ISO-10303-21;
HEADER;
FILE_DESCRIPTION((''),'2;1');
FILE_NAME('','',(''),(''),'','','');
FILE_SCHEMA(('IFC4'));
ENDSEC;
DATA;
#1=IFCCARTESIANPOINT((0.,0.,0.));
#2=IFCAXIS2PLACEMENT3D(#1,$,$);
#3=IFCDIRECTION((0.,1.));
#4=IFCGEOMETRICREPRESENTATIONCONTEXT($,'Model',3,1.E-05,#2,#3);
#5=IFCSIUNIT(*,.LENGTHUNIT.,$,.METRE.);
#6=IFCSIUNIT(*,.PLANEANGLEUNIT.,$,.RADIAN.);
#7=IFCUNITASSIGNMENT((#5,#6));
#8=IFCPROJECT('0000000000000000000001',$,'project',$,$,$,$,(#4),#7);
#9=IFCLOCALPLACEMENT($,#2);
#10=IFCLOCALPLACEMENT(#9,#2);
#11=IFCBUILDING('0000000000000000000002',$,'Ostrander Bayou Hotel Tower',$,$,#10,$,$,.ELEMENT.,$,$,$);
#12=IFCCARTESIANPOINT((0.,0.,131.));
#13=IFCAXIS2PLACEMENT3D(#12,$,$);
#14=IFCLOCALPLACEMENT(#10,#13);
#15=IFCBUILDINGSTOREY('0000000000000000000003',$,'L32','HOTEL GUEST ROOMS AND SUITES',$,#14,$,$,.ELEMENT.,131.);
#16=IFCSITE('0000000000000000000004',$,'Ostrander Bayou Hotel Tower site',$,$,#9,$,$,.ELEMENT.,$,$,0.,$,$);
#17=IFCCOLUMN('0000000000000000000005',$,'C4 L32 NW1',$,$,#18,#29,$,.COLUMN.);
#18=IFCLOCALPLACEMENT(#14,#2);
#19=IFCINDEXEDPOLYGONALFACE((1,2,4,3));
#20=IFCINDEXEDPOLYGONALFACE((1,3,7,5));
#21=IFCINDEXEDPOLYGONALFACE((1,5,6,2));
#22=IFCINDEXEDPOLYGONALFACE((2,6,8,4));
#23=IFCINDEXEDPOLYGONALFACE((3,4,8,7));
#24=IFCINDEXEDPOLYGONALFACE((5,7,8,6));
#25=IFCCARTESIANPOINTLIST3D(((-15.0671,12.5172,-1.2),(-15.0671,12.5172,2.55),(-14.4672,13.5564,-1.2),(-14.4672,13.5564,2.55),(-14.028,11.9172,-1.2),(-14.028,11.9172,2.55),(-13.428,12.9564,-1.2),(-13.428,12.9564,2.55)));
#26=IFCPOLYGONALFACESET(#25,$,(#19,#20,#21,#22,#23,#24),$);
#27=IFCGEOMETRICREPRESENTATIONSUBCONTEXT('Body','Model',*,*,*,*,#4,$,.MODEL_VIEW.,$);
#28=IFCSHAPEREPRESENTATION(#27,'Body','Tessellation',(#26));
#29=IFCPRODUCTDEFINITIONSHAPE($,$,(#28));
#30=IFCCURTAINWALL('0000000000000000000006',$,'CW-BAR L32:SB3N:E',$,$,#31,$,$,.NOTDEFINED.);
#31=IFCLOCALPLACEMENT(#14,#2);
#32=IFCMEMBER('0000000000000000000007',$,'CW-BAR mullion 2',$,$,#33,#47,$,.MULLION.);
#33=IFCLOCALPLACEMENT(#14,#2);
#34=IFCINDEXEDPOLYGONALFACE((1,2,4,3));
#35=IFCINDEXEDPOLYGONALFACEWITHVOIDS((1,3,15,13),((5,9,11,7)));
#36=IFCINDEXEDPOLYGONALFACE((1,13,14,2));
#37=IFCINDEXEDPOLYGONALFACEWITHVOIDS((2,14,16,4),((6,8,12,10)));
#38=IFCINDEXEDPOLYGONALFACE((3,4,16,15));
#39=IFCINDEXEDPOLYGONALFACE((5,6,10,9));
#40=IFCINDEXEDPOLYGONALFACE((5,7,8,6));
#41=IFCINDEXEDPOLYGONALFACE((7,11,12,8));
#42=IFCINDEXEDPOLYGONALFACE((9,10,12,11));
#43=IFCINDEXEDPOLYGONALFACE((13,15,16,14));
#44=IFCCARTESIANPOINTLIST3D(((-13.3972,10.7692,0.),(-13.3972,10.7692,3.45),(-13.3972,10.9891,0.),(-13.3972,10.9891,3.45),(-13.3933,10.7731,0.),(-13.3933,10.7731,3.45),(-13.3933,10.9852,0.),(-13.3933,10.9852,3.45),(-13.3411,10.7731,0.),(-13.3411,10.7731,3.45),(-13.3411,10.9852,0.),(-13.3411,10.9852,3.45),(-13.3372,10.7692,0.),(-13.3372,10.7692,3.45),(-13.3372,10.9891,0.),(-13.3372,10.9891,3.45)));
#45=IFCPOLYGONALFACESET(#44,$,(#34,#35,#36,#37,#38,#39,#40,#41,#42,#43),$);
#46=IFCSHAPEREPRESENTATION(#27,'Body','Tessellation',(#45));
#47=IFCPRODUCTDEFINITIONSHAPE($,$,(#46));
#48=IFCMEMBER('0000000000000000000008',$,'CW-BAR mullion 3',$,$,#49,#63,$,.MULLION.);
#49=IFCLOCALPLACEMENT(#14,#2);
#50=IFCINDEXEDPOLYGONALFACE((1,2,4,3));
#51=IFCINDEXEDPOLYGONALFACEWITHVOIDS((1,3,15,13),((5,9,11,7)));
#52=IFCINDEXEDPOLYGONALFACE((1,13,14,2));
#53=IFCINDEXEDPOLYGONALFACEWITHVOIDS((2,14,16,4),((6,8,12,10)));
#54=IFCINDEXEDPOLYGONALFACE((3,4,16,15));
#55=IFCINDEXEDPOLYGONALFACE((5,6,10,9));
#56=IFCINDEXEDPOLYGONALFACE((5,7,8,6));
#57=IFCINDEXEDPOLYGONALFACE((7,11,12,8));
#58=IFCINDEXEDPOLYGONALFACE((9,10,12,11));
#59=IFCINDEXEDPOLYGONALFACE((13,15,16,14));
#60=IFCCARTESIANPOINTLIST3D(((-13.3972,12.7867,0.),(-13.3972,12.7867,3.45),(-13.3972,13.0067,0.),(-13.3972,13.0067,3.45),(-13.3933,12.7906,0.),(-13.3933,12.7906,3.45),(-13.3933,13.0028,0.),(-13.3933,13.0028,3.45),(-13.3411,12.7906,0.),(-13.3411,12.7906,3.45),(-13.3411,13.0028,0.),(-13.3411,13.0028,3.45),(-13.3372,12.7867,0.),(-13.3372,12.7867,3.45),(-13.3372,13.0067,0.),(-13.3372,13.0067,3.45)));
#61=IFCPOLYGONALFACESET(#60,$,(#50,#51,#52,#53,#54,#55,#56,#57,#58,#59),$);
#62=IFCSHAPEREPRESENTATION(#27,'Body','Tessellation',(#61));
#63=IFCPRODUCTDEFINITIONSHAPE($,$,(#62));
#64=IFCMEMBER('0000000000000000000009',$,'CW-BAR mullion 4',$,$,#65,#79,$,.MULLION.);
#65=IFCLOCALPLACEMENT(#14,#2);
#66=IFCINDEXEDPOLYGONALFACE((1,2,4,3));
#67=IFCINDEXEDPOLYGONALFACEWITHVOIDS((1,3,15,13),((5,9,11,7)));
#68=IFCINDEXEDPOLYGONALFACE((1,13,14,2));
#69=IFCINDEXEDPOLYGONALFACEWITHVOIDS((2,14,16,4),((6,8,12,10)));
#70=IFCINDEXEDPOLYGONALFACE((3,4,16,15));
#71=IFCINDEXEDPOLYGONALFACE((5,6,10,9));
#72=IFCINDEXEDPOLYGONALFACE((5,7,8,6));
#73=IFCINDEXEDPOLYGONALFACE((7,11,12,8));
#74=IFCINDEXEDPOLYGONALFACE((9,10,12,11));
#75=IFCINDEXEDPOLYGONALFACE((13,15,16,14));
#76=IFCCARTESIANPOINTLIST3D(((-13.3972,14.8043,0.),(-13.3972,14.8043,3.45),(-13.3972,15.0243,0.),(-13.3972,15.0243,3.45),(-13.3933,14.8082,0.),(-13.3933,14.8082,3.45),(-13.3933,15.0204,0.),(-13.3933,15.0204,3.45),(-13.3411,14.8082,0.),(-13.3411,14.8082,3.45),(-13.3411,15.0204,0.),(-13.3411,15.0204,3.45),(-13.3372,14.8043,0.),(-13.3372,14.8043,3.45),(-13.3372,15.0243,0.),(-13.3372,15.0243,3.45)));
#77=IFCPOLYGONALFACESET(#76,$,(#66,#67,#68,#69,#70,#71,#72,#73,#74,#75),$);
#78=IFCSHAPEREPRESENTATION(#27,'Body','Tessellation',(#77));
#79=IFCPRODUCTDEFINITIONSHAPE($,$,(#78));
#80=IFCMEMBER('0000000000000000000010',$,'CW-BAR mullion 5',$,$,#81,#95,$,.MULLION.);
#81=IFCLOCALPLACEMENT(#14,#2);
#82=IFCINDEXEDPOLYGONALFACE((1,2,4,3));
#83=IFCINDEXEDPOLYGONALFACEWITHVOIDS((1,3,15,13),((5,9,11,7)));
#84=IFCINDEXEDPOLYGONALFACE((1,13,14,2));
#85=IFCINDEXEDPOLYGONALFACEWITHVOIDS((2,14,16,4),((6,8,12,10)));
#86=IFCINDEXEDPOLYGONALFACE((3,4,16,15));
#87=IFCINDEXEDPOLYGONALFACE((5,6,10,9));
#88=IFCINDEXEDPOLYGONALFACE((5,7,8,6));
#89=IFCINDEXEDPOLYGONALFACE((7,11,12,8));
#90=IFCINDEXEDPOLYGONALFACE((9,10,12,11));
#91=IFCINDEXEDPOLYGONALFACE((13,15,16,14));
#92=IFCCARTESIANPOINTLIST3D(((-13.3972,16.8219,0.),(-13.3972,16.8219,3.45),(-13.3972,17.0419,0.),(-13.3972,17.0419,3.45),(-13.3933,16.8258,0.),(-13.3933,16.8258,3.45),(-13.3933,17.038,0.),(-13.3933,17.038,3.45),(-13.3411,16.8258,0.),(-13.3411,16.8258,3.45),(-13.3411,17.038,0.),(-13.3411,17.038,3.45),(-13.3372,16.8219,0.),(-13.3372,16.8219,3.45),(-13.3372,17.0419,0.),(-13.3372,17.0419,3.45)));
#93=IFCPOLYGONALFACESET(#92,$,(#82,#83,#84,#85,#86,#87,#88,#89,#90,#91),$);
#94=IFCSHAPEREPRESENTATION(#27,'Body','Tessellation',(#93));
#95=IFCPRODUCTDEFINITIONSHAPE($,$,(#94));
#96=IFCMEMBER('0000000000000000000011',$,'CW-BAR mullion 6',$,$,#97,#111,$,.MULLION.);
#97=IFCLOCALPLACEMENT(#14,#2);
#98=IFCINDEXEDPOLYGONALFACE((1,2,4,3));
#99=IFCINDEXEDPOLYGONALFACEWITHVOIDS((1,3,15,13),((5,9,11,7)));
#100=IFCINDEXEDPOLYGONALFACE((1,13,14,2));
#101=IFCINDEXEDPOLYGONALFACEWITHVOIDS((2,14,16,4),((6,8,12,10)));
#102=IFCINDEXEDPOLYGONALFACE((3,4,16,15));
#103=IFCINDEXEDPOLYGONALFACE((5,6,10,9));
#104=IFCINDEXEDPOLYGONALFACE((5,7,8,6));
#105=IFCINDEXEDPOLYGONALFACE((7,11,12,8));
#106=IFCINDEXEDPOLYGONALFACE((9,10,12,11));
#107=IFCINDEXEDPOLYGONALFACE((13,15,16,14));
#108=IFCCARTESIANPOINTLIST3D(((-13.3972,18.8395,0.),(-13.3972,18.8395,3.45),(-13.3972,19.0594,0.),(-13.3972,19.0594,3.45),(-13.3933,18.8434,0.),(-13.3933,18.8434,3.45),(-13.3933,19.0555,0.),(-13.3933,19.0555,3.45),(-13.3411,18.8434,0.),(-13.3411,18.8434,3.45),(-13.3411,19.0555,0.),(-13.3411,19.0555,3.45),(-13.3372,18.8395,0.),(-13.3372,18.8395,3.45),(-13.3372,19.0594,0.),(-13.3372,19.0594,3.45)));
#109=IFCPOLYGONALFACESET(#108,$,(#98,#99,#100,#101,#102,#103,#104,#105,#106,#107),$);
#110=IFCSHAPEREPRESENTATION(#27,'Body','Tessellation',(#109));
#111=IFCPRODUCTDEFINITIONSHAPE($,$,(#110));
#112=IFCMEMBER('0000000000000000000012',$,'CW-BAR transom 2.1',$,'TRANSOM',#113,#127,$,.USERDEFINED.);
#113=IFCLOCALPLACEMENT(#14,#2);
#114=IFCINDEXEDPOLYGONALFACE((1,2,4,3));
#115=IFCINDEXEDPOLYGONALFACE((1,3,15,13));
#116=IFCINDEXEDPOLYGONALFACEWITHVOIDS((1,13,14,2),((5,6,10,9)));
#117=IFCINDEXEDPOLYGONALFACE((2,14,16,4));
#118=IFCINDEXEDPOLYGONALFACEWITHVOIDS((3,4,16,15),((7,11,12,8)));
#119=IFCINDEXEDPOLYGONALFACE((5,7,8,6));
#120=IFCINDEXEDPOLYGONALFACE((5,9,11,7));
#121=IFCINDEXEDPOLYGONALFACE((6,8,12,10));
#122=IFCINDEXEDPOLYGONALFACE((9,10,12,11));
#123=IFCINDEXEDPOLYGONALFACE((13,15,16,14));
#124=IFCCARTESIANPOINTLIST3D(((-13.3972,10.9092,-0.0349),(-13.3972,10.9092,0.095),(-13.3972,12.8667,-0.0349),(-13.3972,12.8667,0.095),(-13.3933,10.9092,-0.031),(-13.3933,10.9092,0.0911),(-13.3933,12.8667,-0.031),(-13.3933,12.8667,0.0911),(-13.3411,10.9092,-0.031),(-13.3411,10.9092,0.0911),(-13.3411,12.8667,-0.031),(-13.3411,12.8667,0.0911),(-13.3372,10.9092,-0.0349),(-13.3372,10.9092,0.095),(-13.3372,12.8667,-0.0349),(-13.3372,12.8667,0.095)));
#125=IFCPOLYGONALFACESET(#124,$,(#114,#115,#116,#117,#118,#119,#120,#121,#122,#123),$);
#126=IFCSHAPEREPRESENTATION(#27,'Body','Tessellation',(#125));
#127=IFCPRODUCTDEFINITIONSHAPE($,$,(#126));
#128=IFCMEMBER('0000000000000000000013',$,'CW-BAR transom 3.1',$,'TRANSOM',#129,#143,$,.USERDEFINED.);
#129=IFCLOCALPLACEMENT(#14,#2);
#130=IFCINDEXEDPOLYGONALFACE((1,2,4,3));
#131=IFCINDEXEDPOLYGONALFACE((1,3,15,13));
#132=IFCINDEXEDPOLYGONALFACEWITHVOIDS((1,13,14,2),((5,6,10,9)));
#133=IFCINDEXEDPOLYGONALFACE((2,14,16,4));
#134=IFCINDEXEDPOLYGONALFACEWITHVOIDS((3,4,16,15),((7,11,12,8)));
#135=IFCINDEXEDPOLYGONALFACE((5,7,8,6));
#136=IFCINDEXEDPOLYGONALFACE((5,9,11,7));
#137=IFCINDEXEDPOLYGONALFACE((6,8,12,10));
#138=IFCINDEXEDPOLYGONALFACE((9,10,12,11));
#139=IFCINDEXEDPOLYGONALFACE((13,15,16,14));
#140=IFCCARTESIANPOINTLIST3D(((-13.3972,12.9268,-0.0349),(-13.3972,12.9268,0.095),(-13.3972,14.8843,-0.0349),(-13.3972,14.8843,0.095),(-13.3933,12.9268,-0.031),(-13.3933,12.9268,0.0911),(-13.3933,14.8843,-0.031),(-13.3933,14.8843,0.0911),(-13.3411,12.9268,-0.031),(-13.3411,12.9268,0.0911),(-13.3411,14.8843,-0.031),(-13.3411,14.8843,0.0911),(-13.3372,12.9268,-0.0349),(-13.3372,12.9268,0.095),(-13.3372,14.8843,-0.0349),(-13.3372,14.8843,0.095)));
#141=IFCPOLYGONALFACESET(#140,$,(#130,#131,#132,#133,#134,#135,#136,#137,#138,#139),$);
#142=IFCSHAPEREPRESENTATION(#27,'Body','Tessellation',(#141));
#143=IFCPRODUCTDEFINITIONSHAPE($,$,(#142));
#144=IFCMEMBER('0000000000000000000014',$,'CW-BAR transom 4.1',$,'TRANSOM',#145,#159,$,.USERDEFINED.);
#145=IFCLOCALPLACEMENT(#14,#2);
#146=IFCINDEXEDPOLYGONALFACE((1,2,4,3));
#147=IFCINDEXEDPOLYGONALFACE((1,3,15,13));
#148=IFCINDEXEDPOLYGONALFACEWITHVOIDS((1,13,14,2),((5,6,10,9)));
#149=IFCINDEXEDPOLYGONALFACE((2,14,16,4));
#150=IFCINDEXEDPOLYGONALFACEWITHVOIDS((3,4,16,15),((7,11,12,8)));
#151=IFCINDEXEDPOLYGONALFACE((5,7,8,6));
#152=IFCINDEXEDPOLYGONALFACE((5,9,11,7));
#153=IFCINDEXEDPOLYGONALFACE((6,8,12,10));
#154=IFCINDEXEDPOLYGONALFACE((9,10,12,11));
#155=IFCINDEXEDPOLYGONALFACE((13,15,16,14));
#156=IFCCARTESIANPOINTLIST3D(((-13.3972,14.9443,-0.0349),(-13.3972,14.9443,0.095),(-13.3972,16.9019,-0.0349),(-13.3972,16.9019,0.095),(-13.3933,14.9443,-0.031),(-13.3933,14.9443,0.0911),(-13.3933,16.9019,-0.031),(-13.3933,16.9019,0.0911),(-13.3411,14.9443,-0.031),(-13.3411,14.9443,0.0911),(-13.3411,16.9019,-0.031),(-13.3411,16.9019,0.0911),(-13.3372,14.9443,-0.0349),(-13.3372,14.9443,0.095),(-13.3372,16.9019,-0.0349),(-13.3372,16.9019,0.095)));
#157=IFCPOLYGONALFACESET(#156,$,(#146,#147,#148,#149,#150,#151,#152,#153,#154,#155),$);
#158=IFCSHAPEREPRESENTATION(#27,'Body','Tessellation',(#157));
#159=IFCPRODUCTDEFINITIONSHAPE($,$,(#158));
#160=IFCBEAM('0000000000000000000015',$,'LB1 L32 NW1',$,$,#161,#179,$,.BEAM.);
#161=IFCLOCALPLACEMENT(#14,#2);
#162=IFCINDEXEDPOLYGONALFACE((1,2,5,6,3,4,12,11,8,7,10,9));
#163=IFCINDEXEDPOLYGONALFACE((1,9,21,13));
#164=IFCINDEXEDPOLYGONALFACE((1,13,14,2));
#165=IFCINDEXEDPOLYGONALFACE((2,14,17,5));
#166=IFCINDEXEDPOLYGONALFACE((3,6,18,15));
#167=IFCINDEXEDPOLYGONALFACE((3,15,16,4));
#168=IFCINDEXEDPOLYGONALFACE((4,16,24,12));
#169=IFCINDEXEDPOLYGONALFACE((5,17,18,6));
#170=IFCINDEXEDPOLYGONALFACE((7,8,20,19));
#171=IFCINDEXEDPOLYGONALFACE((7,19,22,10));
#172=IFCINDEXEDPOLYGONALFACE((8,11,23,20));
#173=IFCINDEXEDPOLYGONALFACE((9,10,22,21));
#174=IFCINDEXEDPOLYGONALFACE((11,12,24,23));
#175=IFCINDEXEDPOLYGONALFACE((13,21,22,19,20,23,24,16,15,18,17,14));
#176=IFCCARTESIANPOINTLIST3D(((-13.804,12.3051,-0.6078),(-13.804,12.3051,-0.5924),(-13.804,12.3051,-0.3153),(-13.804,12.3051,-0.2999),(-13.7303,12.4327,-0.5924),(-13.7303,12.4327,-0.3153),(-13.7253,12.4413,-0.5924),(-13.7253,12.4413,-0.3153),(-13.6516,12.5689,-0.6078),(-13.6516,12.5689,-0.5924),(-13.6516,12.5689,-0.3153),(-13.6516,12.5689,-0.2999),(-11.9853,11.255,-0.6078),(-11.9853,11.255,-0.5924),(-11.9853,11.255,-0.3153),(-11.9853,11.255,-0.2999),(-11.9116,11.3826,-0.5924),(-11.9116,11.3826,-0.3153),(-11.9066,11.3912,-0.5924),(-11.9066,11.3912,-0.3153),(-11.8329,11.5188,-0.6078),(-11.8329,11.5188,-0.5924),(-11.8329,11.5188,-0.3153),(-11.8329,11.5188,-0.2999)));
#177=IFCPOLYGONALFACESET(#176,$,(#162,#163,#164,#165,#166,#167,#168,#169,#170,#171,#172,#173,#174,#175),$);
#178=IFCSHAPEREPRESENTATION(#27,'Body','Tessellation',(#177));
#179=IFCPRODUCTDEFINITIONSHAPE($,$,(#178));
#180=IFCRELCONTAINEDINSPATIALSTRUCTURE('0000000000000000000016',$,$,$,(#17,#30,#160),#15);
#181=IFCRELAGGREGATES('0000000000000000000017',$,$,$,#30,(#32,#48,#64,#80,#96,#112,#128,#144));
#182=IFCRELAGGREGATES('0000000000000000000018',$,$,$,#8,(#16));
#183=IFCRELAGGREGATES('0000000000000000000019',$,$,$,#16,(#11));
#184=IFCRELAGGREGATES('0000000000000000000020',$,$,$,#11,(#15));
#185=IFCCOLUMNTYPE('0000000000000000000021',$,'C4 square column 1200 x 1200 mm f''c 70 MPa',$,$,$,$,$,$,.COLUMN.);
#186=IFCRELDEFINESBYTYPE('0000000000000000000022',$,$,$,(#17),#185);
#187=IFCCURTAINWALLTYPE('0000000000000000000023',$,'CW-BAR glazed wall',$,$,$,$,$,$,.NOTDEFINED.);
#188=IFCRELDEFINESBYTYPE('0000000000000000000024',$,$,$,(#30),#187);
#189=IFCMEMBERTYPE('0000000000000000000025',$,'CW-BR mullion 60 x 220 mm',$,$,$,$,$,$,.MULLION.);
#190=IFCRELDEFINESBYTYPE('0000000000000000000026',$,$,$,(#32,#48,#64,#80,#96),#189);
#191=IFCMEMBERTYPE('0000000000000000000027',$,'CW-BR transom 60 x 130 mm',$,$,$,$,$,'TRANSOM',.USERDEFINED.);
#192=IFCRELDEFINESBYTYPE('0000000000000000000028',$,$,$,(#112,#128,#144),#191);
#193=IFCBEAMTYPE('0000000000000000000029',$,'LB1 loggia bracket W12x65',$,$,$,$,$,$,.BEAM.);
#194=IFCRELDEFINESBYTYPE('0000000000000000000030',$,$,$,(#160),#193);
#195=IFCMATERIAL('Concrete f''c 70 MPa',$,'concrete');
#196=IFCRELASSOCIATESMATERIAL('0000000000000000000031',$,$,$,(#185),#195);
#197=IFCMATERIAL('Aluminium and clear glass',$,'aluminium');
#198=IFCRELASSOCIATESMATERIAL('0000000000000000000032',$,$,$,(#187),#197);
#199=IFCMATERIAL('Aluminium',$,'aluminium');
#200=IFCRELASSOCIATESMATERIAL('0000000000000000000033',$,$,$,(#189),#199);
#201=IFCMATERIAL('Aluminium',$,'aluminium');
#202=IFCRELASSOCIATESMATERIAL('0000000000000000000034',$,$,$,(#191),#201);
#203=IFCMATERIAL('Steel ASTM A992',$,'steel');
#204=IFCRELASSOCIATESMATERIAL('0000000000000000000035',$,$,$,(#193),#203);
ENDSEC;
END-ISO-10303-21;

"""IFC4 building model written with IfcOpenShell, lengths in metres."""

from ifc_helpers import new_model, si_unit, direction, frame, origin, origin_2d, place, context, subcontext, project, spatial, rectangle, hollow_rectangle, i_section, extrude, material, material_profile, profile_set, type_object, element, aggregate, save


model = new_model("IFC4")

# Units and contexts
model_context = context("Model", 3, precision=1e-05, world=origin(), true_north=direction((0.0, 1.0)))
body_context = subcontext(model_context, "Body", "Model", "MODEL_VIEW")
ifc_project = project(units=[si_unit("LENGTHUNIT", "METRE"), si_unit("PLANEANGLEUNIT", "RADIAN")], contexts=[model_context])

# Site, building, storey
site_placement = place(None, origin())
site = spatial("IfcSite", under=ifc_project, at=site_placement, Name="Ostrander Bayou Hotel Tower site", CompositionType="ELEMENT", RefElevation=0.0)
building_placement = place(site_placement, origin())
building = spatial("IfcBuilding", under=site, at=building_placement, Name="Ostrander Bayou Hotel Tower", CompositionType="ELEMENT")
storey_placement = place(building_placement, frame((0.0, 0.0, 131.0)))
storey = spatial("IfcBuildingStorey", under=building, at=storey_placement, Name="L32", Description="HOTEL GUEST ROOMS AND SUITES", CompositionType="ELEMENT", Elevation=131.0)

# Column
ifc_material_1 = material(Name="Concrete f'c 70 MPa", Category="concrete")
ifc_material_profile_1 = material_profile(ifc_material_1, rectangle(XDim=1.2, YDim=1.2, at=origin_2d()))
ifc_profile_set_1 = profile_set([ifc_material_profile_1], Name="Concrete f'c 70 MPa")
column_type = type_object("IfcColumnType", Name="C4 square column 1200 x 1200 mm f'c 70 MPa", PredefinedType="COLUMN", material=ifc_profile_set_1)
column_placement = place(storey_placement, frame((-14.2476, 12.7368, -1.2), z_axis=(0.0, 0.0, 1.0), x_axis=(0.5, 0.866025, 0.0)))
element("IfcColumn", 1, at=column_placement, inside=storey, type_object=column_type, Name="C4 L32 NW1", PredefinedType="COLUMN", context=body_context, shape_type="SweptSolid", body=[
    extrude(rectangle(XDim=1.2, YDim=1.2, at=origin_2d()), origin(), (0.0, 0.0, 1.0), 3.75),
])

# Curtain wall, members
ifc_material_2 = material(Name="Aluminium and clear glass", Category="aluminium")
curtain_wall_type = type_object("IfcCurtainWallType", Name="CW-BAR glazed wall", PredefinedType="NOTDEFINED", material=ifc_material_2)
curtain_wall_placement = place(storey_placement, origin())
curtain_wall = element("IfcCurtainWall", 2, at=curtain_wall_placement, inside=storey, type_object=curtain_wall_type, Name="CW-BAR L32:SB3N:E", PredefinedType="NOTDEFINED")
ifc_material_3 = material(Name="Aluminium", Category="aluminium")
ifc_material_profile_2 = material_profile(ifc_material_3, hollow_rectangle(XDim=0.0601, YDim=0.22, WallThickness=0.0039, at=origin_2d()))
ifc_profile_set_2 = profile_set([ifc_material_profile_2], Name="Aluminium")
member_type_1 = type_object("IfcMemberType", Name="CW-BR mullion 60 x 220 mm", PredefinedType="MULLION", material=ifc_profile_set_2)
member_1_placement = place(storey_placement, frame((-13.3672, 10.8792, 0.0), z_axis=(0.0, 0.0, 1.0), x_axis=(-1.0, 0.0, 0.0)))
member_1 = element("IfcMember", 3, at=member_1_placement, type_object=member_type_1, Name="CW-BAR mullion 2", PredefinedType="MULLION", context=body_context, shape_type="SweptSolid", body=[
    extrude(hollow_rectangle(XDim=0.0601, YDim=0.22, WallThickness=0.0039, at=origin_2d()), origin(), (0.0, 0.0, 1.0), 3.45),
])
member_2_placement = place(storey_placement, frame((-13.3672, 12.8967, 0.0), z_axis=(0.0, 0.0, 1.0), x_axis=(-1.0, 0.0, 0.0)))
member_2 = element("IfcMember", 4, at=member_2_placement, type_object=member_type_1, Name="CW-BAR mullion 3", PredefinedType="MULLION", context=body_context, shape_type="SweptSolid", body=[
    extrude(hollow_rectangle(XDim=0.0601, YDim=0.22, WallThickness=0.0039, at=origin_2d()), origin(), (0.0, 0.0, 1.0), 3.45),
])
member_3_placement = place(storey_placement, frame((-13.3672, 14.9143, 0.0), z_axis=(0.0, 0.0, 1.0), x_axis=(-1.0, 0.0, 0.0)))
member_3 = element("IfcMember", 5, at=member_3_placement, type_object=member_type_1, Name="CW-BAR mullion 4", PredefinedType="MULLION", context=body_context, shape_type="SweptSolid", body=[
    extrude(hollow_rectangle(XDim=0.0601, YDim=0.22, WallThickness=0.0039, at=origin_2d()), origin(), (0.0, 0.0, 1.0), 3.45),
])
member_4_placement = place(storey_placement, frame((-13.3672, 16.9319, 0.0), z_axis=(0.0, 0.0, 1.0), x_axis=(-1.0, 0.0, 0.0)))
member_4 = element("IfcMember", 6, at=member_4_placement, type_object=member_type_1, Name="CW-BAR mullion 5", PredefinedType="MULLION", context=body_context, shape_type="SweptSolid", body=[
    extrude(hollow_rectangle(XDim=0.0601, YDim=0.22, WallThickness=0.0039, at=origin_2d()), origin(), (0.0, 0.0, 1.0), 3.45),
])
member_5_placement = place(storey_placement, frame((-13.3672, 18.9495, 0.0), z_axis=(0.0, 0.0, 1.0), x_axis=(-1.0, 0.0, 0.0)))
member_5 = element("IfcMember", 7, at=member_5_placement, type_object=member_type_1, Name="CW-BAR mullion 6", PredefinedType="MULLION", context=body_context, shape_type="SweptSolid", body=[
    extrude(hollow_rectangle(XDim=0.0601, YDim=0.22, WallThickness=0.0039, at=origin_2d()), origin(), (0.0, 0.0, 1.0), 3.45),
])
ifc_material_4 = material(Name="Aluminium", Category="aluminium")
ifc_material_profile_3 = material_profile(ifc_material_4, hollow_rectangle(XDim=0.0601, YDim=0.1299, WallThickness=0.0039, at=origin_2d()))
ifc_profile_set_3 = profile_set([ifc_material_profile_3], Name="Aluminium")
member_type_2 = type_object("IfcMemberType", Name="CW-BR transom 60 x 130 mm", ElementType="TRANSOM", PredefinedType="USERDEFINED", material=ifc_profile_set_3)
member_6_placement = place(storey_placement, frame((-13.3672, 10.9092, 0.03), z_axis=(0.0, 1.0, 0.0), x_axis=(-1.0, 0.0, 0.0)))
member_6 = element("IfcMember", 8, at=member_6_placement, type_object=member_type_2, Name="CW-BAR transom 2.1", ObjectType="TRANSOM", PredefinedType="USERDEFINED", context=body_context, shape_type="SweptSolid", body=[
    extrude(hollow_rectangle(XDim=0.0601, YDim=0.1299, WallThickness=0.0039, at=origin_2d()), origin(), (0.0, 0.0, 1.0), 1.9575),
])
member_7_placement = place(storey_placement, frame((-13.3672, 12.9268, 0.03), z_axis=(0.0, 1.0, 0.0), x_axis=(-1.0, 0.0, 0.0)))
member_7 = element("IfcMember", 9, at=member_7_placement, type_object=member_type_2, Name="CW-BAR transom 3.1", ObjectType="TRANSOM", PredefinedType="USERDEFINED", context=body_context, shape_type="SweptSolid", body=[
    extrude(hollow_rectangle(XDim=0.0601, YDim=0.1299, WallThickness=0.0039, at=origin_2d()), origin(), (0.0, 0.0, 1.0), 1.9575),
])
member_8_placement = place(storey_placement, frame((-13.3672, 14.9443, 0.03), z_axis=(0.0, 1.0, 0.0), x_axis=(-1.0, 0.0, 0.0)))
member_8 = element("IfcMember", 10, at=member_8_placement, type_object=member_type_2, Name="CW-BAR transom 4.1", ObjectType="TRANSOM", PredefinedType="USERDEFINED", context=body_context, shape_type="SweptSolid", body=[
    extrude(hollow_rectangle(XDim=0.0601, YDim=0.1299, WallThickness=0.0039, at=origin_2d()), origin(), (0.0, 0.0, 1.0), 1.9575),
])
aggregate(curtain_wall, [member_1, member_2, member_3, member_4, member_5, member_6, member_7, member_8])

# Beam
ifc_material_5 = material(Name="Steel ASTM A992", Category="steel")
ifc_material_profile_4 = material_profile(ifc_material_5, i_section(OverallWidth=0.3047, OverallDepth=0.3079, WebThickness=0.01, FlangeThickness=0.0154, at=origin_2d()))
ifc_profile_set_4 = profile_set([ifc_material_profile_4], Name="Steel ASTM A992")
beam_type_1 = type_object("IfcBeamType", Name="LB1 loggia bracket W12x65", PredefinedType="BEAM", material=ifc_profile_set_4)
beam_1_placement = place(storey_placement, frame((-13.7278, 12.437, -0.4539), z_axis=(0.866009, -0.500028, 0.0), x_axis=(0.500028, 0.866009, 0.0)))
element("IfcBeam", 11, at=beam_1_placement, inside=storey, type_object=beam_type_1, Name="LB1 L32 NW1", PredefinedType="BEAM", context=body_context, shape_type="SweptSolid", body=[
    extrude(i_section(OverallWidth=0.3047, OverallDepth=0.3079, WebThickness=0.01, FlangeThickness=0.0154, at=origin_2d()), origin(), (0.0, 0.0, 1.0), 2.1001),
])

save(model, "model.ifc")
